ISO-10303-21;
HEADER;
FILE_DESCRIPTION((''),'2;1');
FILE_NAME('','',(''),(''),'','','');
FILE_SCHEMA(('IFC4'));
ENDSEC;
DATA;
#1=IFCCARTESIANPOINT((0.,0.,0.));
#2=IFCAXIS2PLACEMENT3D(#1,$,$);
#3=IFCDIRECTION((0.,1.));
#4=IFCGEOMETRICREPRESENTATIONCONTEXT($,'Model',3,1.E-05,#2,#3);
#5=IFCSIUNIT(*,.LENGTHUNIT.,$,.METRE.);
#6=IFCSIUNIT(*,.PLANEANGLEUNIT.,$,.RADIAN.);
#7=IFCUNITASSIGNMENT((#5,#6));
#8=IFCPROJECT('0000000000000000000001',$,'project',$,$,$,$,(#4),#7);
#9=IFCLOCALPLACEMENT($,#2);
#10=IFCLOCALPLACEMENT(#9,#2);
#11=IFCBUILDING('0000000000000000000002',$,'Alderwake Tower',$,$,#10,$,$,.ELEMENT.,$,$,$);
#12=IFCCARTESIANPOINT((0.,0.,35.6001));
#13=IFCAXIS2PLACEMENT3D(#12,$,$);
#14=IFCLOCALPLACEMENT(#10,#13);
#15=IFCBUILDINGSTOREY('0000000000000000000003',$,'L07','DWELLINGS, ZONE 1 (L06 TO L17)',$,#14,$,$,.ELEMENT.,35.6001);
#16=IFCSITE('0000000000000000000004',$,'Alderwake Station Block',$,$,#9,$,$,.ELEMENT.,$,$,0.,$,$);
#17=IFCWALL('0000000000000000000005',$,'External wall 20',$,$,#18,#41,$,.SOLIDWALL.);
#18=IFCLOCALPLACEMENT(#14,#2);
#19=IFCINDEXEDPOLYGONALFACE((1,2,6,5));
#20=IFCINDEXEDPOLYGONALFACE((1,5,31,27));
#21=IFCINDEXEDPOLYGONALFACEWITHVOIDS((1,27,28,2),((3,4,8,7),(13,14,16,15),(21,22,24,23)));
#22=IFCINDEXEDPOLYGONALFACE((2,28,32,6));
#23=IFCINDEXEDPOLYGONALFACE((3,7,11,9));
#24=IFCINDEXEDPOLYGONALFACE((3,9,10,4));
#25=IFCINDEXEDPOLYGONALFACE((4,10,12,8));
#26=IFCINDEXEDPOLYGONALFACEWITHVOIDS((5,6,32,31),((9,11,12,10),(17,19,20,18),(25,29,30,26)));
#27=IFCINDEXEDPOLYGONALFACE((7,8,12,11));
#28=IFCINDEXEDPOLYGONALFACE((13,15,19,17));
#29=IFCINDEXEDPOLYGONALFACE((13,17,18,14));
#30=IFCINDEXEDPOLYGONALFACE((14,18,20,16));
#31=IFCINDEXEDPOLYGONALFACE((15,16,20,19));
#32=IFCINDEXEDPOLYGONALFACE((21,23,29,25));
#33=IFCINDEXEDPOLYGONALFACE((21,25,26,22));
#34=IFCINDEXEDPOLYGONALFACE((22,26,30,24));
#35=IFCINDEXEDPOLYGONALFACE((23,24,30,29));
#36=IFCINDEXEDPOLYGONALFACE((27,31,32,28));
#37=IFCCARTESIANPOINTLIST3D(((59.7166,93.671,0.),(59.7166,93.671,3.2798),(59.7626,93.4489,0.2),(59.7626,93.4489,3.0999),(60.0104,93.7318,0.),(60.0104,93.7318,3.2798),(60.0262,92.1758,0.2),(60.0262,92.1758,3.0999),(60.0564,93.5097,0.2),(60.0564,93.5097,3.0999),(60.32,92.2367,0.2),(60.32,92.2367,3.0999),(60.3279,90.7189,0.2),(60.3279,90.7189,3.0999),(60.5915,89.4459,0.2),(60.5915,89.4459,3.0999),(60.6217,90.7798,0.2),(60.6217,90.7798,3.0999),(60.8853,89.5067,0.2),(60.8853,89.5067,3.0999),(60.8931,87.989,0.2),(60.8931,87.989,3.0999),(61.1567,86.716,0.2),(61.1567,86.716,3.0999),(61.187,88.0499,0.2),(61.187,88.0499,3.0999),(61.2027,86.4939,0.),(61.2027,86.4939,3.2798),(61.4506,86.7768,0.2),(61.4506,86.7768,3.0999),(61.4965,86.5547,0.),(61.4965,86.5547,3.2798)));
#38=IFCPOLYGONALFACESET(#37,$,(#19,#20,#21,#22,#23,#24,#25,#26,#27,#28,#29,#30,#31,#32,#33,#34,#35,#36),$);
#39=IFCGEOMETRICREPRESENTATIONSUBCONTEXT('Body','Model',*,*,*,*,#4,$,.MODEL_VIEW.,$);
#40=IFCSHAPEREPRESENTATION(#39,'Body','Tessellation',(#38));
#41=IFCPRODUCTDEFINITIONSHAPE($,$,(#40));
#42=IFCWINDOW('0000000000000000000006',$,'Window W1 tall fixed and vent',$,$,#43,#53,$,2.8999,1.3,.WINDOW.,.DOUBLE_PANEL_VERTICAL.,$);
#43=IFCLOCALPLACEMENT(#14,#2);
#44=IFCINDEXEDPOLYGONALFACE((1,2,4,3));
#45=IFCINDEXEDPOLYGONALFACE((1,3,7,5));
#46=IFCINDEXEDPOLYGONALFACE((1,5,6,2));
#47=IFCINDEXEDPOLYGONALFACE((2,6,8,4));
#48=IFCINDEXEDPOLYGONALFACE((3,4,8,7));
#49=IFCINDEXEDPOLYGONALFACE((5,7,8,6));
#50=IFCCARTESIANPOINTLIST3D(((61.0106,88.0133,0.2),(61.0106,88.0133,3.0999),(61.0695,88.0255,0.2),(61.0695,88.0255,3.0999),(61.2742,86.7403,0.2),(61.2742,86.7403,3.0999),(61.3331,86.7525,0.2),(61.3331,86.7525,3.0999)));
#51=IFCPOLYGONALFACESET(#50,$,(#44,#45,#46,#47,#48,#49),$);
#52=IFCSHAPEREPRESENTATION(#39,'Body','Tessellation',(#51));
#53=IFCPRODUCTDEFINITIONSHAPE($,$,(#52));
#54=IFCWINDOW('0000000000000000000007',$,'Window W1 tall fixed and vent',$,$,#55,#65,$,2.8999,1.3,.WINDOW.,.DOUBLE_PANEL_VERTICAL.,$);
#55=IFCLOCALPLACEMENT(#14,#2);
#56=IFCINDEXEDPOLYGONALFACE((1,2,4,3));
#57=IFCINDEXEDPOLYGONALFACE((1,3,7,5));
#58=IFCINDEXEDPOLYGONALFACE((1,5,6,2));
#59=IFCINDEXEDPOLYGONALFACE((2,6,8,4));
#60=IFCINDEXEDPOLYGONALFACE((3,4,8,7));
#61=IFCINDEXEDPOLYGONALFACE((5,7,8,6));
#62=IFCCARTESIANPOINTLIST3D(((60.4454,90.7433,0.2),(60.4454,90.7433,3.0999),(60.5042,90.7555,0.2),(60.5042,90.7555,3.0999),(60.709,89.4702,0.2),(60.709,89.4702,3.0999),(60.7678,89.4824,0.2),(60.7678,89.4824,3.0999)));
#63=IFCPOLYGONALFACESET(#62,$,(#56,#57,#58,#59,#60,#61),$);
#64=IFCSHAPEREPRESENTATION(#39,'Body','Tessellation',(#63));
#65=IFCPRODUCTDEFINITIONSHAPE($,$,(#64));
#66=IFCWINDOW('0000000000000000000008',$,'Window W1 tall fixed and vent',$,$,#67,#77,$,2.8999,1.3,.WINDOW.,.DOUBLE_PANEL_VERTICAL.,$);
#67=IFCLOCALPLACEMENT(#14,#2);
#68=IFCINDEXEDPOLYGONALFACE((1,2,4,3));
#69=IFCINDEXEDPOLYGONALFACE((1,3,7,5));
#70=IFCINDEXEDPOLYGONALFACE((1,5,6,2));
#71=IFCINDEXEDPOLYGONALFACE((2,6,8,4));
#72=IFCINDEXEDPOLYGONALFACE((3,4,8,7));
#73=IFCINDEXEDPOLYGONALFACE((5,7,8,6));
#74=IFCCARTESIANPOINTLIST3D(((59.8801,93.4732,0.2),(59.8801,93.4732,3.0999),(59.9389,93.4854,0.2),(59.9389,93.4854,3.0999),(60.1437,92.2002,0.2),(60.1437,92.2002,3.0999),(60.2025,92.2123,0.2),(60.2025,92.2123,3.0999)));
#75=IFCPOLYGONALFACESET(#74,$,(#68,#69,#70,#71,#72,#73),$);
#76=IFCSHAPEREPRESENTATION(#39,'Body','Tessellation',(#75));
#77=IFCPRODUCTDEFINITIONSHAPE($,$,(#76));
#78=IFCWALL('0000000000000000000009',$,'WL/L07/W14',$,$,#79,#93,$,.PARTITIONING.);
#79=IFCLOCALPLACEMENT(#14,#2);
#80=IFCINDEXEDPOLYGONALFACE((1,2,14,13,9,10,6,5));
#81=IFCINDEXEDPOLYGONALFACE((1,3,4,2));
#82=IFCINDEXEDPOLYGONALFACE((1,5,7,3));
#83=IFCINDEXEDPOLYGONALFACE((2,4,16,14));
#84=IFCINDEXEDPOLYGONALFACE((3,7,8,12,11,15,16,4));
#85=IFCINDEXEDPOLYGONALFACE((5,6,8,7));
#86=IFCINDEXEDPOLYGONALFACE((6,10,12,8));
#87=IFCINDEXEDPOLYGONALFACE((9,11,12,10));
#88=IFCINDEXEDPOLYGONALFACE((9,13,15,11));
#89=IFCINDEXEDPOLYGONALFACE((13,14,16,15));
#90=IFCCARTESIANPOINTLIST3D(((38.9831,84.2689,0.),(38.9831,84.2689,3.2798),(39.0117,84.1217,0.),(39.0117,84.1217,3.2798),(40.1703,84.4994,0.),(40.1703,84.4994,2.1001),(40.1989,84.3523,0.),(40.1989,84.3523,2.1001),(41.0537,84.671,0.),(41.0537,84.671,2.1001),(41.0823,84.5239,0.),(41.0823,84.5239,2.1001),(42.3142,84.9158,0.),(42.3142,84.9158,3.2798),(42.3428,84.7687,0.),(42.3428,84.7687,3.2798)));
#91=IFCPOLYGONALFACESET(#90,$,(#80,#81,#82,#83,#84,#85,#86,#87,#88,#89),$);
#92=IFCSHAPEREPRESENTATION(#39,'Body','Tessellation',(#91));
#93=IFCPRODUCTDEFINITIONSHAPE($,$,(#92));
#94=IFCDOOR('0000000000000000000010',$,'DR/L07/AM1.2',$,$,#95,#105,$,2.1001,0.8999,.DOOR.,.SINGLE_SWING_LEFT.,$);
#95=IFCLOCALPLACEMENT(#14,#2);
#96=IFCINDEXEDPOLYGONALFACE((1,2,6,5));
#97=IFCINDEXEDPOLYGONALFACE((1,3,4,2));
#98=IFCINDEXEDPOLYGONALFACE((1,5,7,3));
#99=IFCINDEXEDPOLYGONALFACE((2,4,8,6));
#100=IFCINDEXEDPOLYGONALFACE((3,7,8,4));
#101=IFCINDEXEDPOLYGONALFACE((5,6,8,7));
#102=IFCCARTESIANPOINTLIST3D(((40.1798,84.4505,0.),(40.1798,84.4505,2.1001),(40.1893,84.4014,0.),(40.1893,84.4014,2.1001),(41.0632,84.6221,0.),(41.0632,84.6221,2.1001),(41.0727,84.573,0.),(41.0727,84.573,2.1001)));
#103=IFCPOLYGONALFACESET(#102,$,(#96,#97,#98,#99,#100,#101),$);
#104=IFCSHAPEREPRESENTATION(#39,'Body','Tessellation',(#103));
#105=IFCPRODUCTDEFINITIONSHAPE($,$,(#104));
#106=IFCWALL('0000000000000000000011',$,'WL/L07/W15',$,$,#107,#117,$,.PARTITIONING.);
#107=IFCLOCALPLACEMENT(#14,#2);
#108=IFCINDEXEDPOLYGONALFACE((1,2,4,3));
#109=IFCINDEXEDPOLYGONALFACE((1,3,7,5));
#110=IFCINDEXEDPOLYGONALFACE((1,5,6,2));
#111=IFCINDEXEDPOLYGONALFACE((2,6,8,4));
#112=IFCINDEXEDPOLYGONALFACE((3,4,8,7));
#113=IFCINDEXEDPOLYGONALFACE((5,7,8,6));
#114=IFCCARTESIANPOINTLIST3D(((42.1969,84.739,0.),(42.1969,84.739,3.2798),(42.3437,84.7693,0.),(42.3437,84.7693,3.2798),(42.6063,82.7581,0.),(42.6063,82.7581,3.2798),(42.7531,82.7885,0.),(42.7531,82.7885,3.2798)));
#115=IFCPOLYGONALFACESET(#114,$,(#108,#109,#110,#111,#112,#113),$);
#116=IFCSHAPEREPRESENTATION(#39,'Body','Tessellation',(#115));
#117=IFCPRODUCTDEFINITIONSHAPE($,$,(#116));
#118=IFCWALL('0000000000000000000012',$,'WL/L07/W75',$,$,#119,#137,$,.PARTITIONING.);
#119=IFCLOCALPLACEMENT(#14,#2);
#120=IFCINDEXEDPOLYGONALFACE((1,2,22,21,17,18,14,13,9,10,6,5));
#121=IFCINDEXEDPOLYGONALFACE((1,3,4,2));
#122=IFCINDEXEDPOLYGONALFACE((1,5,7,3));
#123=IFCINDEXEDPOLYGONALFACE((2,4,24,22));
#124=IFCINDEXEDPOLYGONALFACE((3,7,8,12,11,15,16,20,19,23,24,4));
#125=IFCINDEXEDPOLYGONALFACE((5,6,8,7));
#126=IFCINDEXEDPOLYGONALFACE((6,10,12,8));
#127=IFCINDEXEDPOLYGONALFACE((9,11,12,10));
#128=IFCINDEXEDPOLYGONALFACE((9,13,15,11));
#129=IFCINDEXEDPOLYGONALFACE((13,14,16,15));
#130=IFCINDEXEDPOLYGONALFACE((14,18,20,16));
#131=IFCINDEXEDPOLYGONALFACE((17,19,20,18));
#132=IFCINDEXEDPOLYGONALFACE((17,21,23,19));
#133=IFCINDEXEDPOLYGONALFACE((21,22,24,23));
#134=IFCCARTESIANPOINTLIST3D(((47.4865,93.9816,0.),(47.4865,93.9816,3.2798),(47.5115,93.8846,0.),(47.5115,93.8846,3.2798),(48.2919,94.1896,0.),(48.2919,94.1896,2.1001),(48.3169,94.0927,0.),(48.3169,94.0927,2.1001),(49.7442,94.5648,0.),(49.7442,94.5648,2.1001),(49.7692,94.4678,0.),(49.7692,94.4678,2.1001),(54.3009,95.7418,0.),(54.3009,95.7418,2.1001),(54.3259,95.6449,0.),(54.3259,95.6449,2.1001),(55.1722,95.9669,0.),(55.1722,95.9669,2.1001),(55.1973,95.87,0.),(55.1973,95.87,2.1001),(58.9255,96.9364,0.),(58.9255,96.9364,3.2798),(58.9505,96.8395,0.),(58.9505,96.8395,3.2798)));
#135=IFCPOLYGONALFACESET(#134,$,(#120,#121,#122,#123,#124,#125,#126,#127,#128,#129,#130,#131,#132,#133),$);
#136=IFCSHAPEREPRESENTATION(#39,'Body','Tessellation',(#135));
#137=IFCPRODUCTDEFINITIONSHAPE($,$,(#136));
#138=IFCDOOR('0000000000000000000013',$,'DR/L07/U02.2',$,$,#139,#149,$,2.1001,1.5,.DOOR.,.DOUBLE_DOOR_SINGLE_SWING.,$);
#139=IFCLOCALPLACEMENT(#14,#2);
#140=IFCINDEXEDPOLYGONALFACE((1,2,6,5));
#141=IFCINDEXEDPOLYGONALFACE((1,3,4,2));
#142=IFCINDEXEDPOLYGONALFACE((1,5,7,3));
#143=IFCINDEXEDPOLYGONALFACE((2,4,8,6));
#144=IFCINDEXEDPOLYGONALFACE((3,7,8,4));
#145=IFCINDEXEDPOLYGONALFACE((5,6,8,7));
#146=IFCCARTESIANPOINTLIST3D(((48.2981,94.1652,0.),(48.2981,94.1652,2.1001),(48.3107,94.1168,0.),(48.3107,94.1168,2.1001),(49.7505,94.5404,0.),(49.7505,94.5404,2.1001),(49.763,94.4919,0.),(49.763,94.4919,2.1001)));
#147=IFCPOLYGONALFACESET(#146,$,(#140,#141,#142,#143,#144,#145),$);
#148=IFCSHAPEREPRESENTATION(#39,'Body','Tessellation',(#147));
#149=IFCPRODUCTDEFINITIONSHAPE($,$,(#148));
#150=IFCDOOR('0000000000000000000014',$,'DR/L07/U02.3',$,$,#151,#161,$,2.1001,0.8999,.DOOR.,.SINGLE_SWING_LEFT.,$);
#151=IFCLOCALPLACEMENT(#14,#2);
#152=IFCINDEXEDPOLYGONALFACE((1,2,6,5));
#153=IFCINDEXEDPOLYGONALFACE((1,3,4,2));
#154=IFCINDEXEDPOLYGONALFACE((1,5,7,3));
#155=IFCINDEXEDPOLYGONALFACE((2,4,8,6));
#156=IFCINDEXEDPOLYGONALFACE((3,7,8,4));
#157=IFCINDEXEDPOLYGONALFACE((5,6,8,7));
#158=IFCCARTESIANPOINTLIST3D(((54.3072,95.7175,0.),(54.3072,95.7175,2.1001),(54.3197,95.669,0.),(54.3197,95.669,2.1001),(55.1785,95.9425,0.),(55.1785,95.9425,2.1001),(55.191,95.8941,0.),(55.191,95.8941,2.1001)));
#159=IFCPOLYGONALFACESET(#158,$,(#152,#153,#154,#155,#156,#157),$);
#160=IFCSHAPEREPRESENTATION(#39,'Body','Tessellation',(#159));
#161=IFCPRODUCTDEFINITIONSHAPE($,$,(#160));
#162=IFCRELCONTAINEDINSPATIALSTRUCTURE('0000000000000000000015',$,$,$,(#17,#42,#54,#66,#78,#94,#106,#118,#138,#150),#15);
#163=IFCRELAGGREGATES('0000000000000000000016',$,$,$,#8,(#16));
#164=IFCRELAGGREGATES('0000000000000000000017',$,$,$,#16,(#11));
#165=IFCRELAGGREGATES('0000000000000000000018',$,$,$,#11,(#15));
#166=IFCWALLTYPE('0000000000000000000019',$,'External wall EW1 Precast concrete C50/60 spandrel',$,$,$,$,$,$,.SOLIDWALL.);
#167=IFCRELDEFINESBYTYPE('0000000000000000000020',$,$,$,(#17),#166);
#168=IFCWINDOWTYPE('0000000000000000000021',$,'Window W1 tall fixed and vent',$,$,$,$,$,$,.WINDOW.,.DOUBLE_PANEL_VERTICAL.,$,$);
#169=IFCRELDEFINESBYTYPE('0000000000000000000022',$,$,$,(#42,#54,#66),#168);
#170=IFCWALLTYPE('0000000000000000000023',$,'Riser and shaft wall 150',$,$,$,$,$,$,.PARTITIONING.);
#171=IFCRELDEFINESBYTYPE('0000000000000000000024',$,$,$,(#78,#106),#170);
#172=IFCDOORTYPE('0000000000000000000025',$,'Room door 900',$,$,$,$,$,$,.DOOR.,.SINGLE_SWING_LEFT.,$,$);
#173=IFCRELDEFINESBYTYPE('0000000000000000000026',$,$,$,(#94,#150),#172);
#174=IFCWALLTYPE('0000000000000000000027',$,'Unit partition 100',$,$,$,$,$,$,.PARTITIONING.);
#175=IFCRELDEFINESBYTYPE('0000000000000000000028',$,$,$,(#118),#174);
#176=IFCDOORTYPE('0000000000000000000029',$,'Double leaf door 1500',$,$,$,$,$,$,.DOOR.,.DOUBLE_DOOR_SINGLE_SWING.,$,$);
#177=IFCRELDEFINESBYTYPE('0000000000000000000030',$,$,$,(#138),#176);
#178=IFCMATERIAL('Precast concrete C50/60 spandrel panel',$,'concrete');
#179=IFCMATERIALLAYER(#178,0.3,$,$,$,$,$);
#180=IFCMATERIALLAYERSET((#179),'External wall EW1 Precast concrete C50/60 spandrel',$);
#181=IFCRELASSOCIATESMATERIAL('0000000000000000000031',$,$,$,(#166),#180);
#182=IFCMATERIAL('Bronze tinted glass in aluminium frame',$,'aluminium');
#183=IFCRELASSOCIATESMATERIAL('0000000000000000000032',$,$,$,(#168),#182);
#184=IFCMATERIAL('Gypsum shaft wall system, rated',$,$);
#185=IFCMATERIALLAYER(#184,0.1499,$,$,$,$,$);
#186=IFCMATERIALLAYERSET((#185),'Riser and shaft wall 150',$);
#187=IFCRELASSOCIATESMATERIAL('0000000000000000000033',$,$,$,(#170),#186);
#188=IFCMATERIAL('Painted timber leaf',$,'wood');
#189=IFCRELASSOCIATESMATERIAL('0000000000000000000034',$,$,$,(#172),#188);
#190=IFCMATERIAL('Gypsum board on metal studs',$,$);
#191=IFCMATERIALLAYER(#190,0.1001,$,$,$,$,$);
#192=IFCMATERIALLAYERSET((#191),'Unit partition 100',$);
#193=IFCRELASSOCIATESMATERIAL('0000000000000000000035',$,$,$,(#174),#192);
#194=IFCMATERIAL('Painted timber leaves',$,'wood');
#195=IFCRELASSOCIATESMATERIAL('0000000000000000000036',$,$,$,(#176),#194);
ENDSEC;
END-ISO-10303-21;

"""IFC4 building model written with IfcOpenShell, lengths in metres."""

from ifc_helpers import new_model, si_unit, direction, frame, frame_2d, origin, place, context, subcontext, project, spatial, rectangle, extrude, material, layer, layer_set, type_object, element, fill, save


model = new_model("IFC4")

# Units and contexts
model_context = context("Model", 3, precision=1e-05, world=origin(), true_north=direction((0.0, 1.0)))
body_context = subcontext(model_context, "Body", "Model", "MODEL_VIEW")
ifc_project = project(units=[si_unit("LENGTHUNIT", "METRE"), si_unit("PLANEANGLEUNIT", "RADIAN")], contexts=[model_context])

# Site, building, storey
site_placement = place(None, origin())
site = spatial("IfcSite", under=ifc_project, at=site_placement, Name="Alderwake Station Block", CompositionType="ELEMENT", RefElevation=0.0)
building_placement = place(site_placement, origin())
building = spatial("IfcBuilding", under=site, at=building_placement, Name="Alderwake Tower", CompositionType="ELEMENT")
storey_placement = place(building_placement, frame((0.0, 0.0, 35.6001)))
storey = spatial("IfcBuildingStorey", under=building, at=storey_placement, Name="L07", Description="DWELLINGS, ZONE 1 (L06 TO L17)", CompositionType="ELEMENT", Elevation=35.6001)

# Wall, openings, windows
ifc_material_1 = material(Name="Precast concrete C50/60 spandrel panel", Category="concrete")
ifc_layer_1 = layer(ifc_material_1, 0.3)
ifc_layer_set_1 = layer_set([ifc_layer_1], Name="External wall EW1 Precast concrete C50/60 spandrel")
wall_type_1 = type_object("IfcWallType", Name="External wall EW1 Precast concrete C50/60 spandrel", PredefinedType="SOLIDWALL", material=ifc_layer_set_1)
wall_1_placement = place(storey_placement, frame((61.3496, 86.5244, 0.0), z_axis=(0.0, 0.0, 1.0), x_axis=(-0.202761, 0.979228, 0.0)))
wall_1 = element("IfcWall", 1, at=wall_1_placement, inside=storey, type_object=wall_type_1, Name="External wall 20", PredefinedType="SOLIDWALL", context=body_context, shape_type="SweptSolid", body=[
    extrude(rectangle(XDim=7.3293, YDim=0.3, at=frame_2d((3.6646, 0.0))), origin(), (0.0, 0.0, 1.0), 3.2798),
])
opening_1_placement = place(wall_1_placement, frame((0.2268, 0.0, 0.2)))
opening_1 = element("IfcOpeningElement", 2, at=opening_1_placement, cuts=wall_1, PredefinedType="OPENING", context=body_context, shape_type="SweptSolid", body=[
    extrude(rectangle(XDim=1.3, YDim=2.8999, at=frame_2d((0.6499, 1.45))), frame((0.0, 0.1599, 0.0), z_axis=(0.0, -1.0, 0.0), x_axis=(1.0, 0.0, 0.0)), (0.0, 0.0, 1.0), 0.3201),
])
opening_2_placement = place(wall_1_placement, frame((3.0146, 0.0, 0.2)))
opening_2 = element("IfcOpeningElement", 3, at=opening_2_placement, cuts=wall_1, PredefinedType="OPENING", context=body_context, shape_type="SweptSolid", body=[
    extrude(rectangle(XDim=1.3, YDim=2.8999, at=frame_2d((0.6499, 1.45))), frame((0.0, 0.1599, 0.0), z_axis=(0.0, -1.0, 0.0), x_axis=(1.0, 0.0, 0.0)), (0.0, 0.0, 1.0), 0.3201),
])
opening_3_placement = place(wall_1_placement, frame((5.8025, 0.0, 0.2)))
opening_3 = element("IfcOpeningElement", 4, at=opening_3_placement, cuts=wall_1, PredefinedType="OPENING", context=body_context, shape_type="SweptSolid", body=[
    extrude(rectangle(XDim=1.3, YDim=2.8999, at=frame_2d((0.6499, 1.45))), frame((0.0, 0.1599, 0.0), z_axis=(0.0, -1.0, 0.0), x_axis=(1.0, 0.0, 0.0)), (0.0, 0.0, 1.0), 0.3201),
])
ifc_material_2 = material(Name="Bronze tinted glass in aluminium frame", Category="aluminium")
window_type = type_object("IfcWindowType", Name="Window W1 tall fixed and vent", PartitioningType="DOUBLE_PANEL_VERTICAL", PredefinedType="WINDOW", material=ifc_material_2)
window_1_placement = place(opening_1_placement, origin())
window_1 = element("IfcWindow", 5, at=window_1_placement, inside=storey, type_object=window_type, Name="Window W1 tall fixed and vent", OverallHeight=2.8999, OverallWidth=1.3, PartitioningType="DOUBLE_PANEL_VERTICAL", PredefinedType="WINDOW", context=body_context, shape_type="SweptSolid", body=[
    extrude(rectangle(XDim=1.3, YDim=2.8999, at=frame_2d((0.6499, 1.45))), frame((0.0, 0.03, 0.0), z_axis=(0.0, -1.0, 0.0), x_axis=(1.0, 0.0, 0.0)), (0.0, 0.0, 1.0), 0.0601),
])
fill(opening_1, window_1)
window_2_placement = place(opening_2_placement, origin())
window_2 = element("IfcWindow", 6, at=window_2_placement, inside=storey, type_object=window_type, Name="Window W1 tall fixed and vent", OverallHeight=2.8999, OverallWidth=1.3, PartitioningType="DOUBLE_PANEL_VERTICAL", PredefinedType="WINDOW", context=body_context, shape_type="SweptSolid", body=[
    extrude(rectangle(XDim=1.3, YDim=2.8999, at=frame_2d((0.6499, 1.45))), frame((0.0, 0.03, 0.0), z_axis=(0.0, -1.0, 0.0), x_axis=(1.0, 0.0, 0.0)), (0.0, 0.0, 1.0), 0.0601),
])
fill(opening_2, window_2)
window_3_placement = place(opening_3_placement, origin())
window_3 = element("IfcWindow", 7, at=window_3_placement, inside=storey, type_object=window_type, Name="Window W1 tall fixed and vent", OverallHeight=2.8999, OverallWidth=1.3, PartitioningType="DOUBLE_PANEL_VERTICAL", PredefinedType="WINDOW", context=body_context, shape_type="SweptSolid", body=[
    extrude(rectangle(XDim=1.3, YDim=2.8999, at=frame_2d((0.6499, 1.45))), frame((0.0, 0.03, 0.0), z_axis=(0.0, -1.0, 0.0), x_axis=(1.0, 0.0, 0.0)), (0.0, 0.0, 1.0), 0.0601),
])
fill(opening_3, window_3)

# Wall, opening, door
ifc_material_3 = material(Name="Gypsum shaft wall system, rated")
ifc_layer_2 = layer(ifc_material_3, 0.1499)
ifc_layer_set_2 = layer_set([ifc_layer_2], Name="Riser and shaft wall 150")
wall_type_2 = type_object("IfcWallType", Name="Riser and shaft wall 150", PredefinedType="PARTITIONING", material=ifc_layer_set_2)
wall_2_placement = place(storey_placement, frame((42.3286, 84.8423, 0.0), z_axis=(0.0, 0.0, 1.0), x_axis=(-0.981656, -0.190662, 0.0)))
wall_2 = element("IfcWall", 8, at=wall_2_placement, inside=storey, type_object=wall_type_2, Name="WL/L07/W14", PredefinedType="PARTITIONING", context=body_context, shape_type="SweptSolid", body=[
    extrude(rectangle(XDim=3.3933, YDim=0.1499, at=frame_2d((1.6968, 0.0))), origin(), (0.0, 0.0, 1.0), 3.2798),
])
opening_4_placement = place(wall_2_placement, frame((1.2842, 0.0, 0.0)))
opening_4 = element("IfcOpeningElement", 9, at=opening_4_placement, cuts=wall_2, PredefinedType="OPENING", context=body_context, shape_type="SweptSolid", body=[
    extrude(rectangle(XDim=0.8999, YDim=2.1001, at=frame_2d((0.45, 1.05))), frame((0.0, 0.085, 0.0), z_axis=(0.0, -1.0, 0.0), x_axis=(1.0, 0.0, 0.0)), (0.0, 0.0, 1.0), 0.1699),
])
ifc_material_4 = material(Name="Painted timber leaf", Category="wood")
door_type_1 = type_object("IfcDoorType", Name="Room door 900", OperationType="SINGLE_SWING_LEFT", PredefinedType="DOOR", material=ifc_material_4)
door_1_placement = place(opening_4_placement, origin())
door_1 = element("IfcDoor", 10, at=door_1_placement, inside=storey, type_object=door_type_1, Name="DR/L07/AM1.2", OperationType="SINGLE_SWING_LEFT", OverallHeight=2.1001, OverallWidth=0.8999, PredefinedType="DOOR", context=body_context, shape_type="SweptSolid", body=[
    extrude(rectangle(XDim=0.8999, YDim=2.1001, at=frame_2d((0.45, 1.05))), frame((0.0, 0.0249, 0.0), z_axis=(0.0, -1.0, 0.0), x_axis=(1.0, 0.0, 0.0)), (0.0, 0.0, 1.0), 0.05),
])
fill(opening_4, door_1)

# Wall
wall_3_placement = place(storey_placement, frame((42.6797, 82.7734, 0.0), z_axis=(0.0, 0.0, 1.0), x_axis=(-0.202402, 0.979303, 0.0)))
element("IfcWall", 11, at=wall_3_placement, inside=storey, type_object=wall_type_2, Name="WL/L07/W15", PredefinedType="PARTITIONING", context=body_context, shape_type="SweptSolid", body=[
    extrude(rectangle(XDim=2.0227, YDim=0.1499, at=frame_2d((1.0112, 0.0))), origin(), (0.0, 0.0, 1.0), 3.2798),
])

# Wall, openings, doors
ifc_material_5 = material(Name="Gypsum board on metal studs")
ifc_layer_3 = layer(ifc_material_5, 0.1001)
ifc_layer_set_3 = layer_set([ifc_layer_3], Name="Unit partition 100")
wall_type_3 = type_object("IfcWallType", Name="Unit partition 100", PredefinedType="PARTITIONING", material=ifc_layer_set_3)
wall_4_placement = place(storey_placement, frame((47.499, 93.9331, 0.0), z_axis=(0.0, 0.0, 1.0), x_axis=(0.968219, 0.250104, 0.0)))
wall_4 = element("IfcWall", 12, at=wall_4_placement, inside=storey, type_object=wall_type_3, Name="WL/L07/W75", PredefinedType="PARTITIONING", context=body_context, shape_type="SweptSolid", body=[
    extrude(rectangle(XDim=11.8145, YDim=0.1001, at=frame_2d((5.9072, 0.0))), origin(), (0.0, 0.0, 1.0), 3.2798),
])
opening_5_placement = place(wall_4_placement, frame((0.8318, 0.0, 0.0)))
opening_5 = element("IfcOpeningElement", 13, at=opening_5_placement, cuts=wall_4, PredefinedType="OPENING", context=body_context, shape_type="SweptSolid", body=[
    extrude(rectangle(XDim=1.5, YDim=2.1001, at=frame_2d((0.75, 1.05))), frame((0.0, 0.0601, 0.0), z_axis=(0.0, -1.0, 0.0), x_axis=(1.0, 0.0, 0.0)), (0.0, 0.0, 1.0), 0.1201),
])
opening_6_placement = place(wall_4_placement, frame((7.0381, 0.0, 0.0)))
opening_6 = element("IfcOpeningElement", 14, at=opening_6_placement, cuts=wall_4, PredefinedType="OPENING", context=body_context, shape_type="SweptSolid", body=[
    extrude(rectangle(XDim=0.8999, YDim=2.1001, at=frame_2d((0.45, 1.05))), frame((0.0, 0.0601, 0.0), z_axis=(0.0, -1.0, 0.0), x_axis=(1.0, 0.0, 0.0)), (0.0, 0.0, 1.0), 0.1201),
])
ifc_material_6 = material(Name="Painted timber leaves", Category="wood")
door_type_2 = type_object("IfcDoorType", Name="Double leaf door 1500", OperationType="DOUBLE_DOOR_SINGLE_SWING", PredefinedType="DOOR", material=ifc_material_6)
door_2_placement = place(opening_5_placement, origin())
door_2 = element("IfcDoor", 15, at=door_2_placement, inside=storey, type_object=door_type_2, Name="DR/L07/U02.2", OperationType="DOUBLE_DOOR_SINGLE_SWING", OverallHeight=2.1001, OverallWidth=1.5, PredefinedType="DOOR", context=body_context, shape_type="SweptSolid", body=[
    extrude(rectangle(XDim=1.5, YDim=2.1001, at=frame_2d((0.75, 1.05))), frame((0.0, 0.0249, 0.0), z_axis=(0.0, -1.0, 0.0), x_axis=(1.0, 0.0, 0.0)), (0.0, 0.0, 1.0), 0.05),
])
fill(opening_5, door_2)
door_3_placement = place(opening_6_placement, origin())
door_3 = element("IfcDoor", 16, at=door_3_placement, inside=storey, type_object=door_type_1, Name="DR/L07/U02.3", OperationType="SINGLE_SWING_LEFT", OverallHeight=2.1001, OverallWidth=0.8999, PredefinedType="DOOR", context=body_context, shape_type="SweptSolid", body=[
    extrude(rectangle(XDim=0.8999, YDim=2.1001, at=frame_2d((0.45, 1.05))), frame((0.0, 0.0249, 0.0), z_axis=(0.0, -1.0, 0.0), x_axis=(1.0, 0.0, 0.0)), (0.0, 0.0, 1.0), 0.05),
])
fill(opening_6, door_3)

save(model, "model.ifc")
